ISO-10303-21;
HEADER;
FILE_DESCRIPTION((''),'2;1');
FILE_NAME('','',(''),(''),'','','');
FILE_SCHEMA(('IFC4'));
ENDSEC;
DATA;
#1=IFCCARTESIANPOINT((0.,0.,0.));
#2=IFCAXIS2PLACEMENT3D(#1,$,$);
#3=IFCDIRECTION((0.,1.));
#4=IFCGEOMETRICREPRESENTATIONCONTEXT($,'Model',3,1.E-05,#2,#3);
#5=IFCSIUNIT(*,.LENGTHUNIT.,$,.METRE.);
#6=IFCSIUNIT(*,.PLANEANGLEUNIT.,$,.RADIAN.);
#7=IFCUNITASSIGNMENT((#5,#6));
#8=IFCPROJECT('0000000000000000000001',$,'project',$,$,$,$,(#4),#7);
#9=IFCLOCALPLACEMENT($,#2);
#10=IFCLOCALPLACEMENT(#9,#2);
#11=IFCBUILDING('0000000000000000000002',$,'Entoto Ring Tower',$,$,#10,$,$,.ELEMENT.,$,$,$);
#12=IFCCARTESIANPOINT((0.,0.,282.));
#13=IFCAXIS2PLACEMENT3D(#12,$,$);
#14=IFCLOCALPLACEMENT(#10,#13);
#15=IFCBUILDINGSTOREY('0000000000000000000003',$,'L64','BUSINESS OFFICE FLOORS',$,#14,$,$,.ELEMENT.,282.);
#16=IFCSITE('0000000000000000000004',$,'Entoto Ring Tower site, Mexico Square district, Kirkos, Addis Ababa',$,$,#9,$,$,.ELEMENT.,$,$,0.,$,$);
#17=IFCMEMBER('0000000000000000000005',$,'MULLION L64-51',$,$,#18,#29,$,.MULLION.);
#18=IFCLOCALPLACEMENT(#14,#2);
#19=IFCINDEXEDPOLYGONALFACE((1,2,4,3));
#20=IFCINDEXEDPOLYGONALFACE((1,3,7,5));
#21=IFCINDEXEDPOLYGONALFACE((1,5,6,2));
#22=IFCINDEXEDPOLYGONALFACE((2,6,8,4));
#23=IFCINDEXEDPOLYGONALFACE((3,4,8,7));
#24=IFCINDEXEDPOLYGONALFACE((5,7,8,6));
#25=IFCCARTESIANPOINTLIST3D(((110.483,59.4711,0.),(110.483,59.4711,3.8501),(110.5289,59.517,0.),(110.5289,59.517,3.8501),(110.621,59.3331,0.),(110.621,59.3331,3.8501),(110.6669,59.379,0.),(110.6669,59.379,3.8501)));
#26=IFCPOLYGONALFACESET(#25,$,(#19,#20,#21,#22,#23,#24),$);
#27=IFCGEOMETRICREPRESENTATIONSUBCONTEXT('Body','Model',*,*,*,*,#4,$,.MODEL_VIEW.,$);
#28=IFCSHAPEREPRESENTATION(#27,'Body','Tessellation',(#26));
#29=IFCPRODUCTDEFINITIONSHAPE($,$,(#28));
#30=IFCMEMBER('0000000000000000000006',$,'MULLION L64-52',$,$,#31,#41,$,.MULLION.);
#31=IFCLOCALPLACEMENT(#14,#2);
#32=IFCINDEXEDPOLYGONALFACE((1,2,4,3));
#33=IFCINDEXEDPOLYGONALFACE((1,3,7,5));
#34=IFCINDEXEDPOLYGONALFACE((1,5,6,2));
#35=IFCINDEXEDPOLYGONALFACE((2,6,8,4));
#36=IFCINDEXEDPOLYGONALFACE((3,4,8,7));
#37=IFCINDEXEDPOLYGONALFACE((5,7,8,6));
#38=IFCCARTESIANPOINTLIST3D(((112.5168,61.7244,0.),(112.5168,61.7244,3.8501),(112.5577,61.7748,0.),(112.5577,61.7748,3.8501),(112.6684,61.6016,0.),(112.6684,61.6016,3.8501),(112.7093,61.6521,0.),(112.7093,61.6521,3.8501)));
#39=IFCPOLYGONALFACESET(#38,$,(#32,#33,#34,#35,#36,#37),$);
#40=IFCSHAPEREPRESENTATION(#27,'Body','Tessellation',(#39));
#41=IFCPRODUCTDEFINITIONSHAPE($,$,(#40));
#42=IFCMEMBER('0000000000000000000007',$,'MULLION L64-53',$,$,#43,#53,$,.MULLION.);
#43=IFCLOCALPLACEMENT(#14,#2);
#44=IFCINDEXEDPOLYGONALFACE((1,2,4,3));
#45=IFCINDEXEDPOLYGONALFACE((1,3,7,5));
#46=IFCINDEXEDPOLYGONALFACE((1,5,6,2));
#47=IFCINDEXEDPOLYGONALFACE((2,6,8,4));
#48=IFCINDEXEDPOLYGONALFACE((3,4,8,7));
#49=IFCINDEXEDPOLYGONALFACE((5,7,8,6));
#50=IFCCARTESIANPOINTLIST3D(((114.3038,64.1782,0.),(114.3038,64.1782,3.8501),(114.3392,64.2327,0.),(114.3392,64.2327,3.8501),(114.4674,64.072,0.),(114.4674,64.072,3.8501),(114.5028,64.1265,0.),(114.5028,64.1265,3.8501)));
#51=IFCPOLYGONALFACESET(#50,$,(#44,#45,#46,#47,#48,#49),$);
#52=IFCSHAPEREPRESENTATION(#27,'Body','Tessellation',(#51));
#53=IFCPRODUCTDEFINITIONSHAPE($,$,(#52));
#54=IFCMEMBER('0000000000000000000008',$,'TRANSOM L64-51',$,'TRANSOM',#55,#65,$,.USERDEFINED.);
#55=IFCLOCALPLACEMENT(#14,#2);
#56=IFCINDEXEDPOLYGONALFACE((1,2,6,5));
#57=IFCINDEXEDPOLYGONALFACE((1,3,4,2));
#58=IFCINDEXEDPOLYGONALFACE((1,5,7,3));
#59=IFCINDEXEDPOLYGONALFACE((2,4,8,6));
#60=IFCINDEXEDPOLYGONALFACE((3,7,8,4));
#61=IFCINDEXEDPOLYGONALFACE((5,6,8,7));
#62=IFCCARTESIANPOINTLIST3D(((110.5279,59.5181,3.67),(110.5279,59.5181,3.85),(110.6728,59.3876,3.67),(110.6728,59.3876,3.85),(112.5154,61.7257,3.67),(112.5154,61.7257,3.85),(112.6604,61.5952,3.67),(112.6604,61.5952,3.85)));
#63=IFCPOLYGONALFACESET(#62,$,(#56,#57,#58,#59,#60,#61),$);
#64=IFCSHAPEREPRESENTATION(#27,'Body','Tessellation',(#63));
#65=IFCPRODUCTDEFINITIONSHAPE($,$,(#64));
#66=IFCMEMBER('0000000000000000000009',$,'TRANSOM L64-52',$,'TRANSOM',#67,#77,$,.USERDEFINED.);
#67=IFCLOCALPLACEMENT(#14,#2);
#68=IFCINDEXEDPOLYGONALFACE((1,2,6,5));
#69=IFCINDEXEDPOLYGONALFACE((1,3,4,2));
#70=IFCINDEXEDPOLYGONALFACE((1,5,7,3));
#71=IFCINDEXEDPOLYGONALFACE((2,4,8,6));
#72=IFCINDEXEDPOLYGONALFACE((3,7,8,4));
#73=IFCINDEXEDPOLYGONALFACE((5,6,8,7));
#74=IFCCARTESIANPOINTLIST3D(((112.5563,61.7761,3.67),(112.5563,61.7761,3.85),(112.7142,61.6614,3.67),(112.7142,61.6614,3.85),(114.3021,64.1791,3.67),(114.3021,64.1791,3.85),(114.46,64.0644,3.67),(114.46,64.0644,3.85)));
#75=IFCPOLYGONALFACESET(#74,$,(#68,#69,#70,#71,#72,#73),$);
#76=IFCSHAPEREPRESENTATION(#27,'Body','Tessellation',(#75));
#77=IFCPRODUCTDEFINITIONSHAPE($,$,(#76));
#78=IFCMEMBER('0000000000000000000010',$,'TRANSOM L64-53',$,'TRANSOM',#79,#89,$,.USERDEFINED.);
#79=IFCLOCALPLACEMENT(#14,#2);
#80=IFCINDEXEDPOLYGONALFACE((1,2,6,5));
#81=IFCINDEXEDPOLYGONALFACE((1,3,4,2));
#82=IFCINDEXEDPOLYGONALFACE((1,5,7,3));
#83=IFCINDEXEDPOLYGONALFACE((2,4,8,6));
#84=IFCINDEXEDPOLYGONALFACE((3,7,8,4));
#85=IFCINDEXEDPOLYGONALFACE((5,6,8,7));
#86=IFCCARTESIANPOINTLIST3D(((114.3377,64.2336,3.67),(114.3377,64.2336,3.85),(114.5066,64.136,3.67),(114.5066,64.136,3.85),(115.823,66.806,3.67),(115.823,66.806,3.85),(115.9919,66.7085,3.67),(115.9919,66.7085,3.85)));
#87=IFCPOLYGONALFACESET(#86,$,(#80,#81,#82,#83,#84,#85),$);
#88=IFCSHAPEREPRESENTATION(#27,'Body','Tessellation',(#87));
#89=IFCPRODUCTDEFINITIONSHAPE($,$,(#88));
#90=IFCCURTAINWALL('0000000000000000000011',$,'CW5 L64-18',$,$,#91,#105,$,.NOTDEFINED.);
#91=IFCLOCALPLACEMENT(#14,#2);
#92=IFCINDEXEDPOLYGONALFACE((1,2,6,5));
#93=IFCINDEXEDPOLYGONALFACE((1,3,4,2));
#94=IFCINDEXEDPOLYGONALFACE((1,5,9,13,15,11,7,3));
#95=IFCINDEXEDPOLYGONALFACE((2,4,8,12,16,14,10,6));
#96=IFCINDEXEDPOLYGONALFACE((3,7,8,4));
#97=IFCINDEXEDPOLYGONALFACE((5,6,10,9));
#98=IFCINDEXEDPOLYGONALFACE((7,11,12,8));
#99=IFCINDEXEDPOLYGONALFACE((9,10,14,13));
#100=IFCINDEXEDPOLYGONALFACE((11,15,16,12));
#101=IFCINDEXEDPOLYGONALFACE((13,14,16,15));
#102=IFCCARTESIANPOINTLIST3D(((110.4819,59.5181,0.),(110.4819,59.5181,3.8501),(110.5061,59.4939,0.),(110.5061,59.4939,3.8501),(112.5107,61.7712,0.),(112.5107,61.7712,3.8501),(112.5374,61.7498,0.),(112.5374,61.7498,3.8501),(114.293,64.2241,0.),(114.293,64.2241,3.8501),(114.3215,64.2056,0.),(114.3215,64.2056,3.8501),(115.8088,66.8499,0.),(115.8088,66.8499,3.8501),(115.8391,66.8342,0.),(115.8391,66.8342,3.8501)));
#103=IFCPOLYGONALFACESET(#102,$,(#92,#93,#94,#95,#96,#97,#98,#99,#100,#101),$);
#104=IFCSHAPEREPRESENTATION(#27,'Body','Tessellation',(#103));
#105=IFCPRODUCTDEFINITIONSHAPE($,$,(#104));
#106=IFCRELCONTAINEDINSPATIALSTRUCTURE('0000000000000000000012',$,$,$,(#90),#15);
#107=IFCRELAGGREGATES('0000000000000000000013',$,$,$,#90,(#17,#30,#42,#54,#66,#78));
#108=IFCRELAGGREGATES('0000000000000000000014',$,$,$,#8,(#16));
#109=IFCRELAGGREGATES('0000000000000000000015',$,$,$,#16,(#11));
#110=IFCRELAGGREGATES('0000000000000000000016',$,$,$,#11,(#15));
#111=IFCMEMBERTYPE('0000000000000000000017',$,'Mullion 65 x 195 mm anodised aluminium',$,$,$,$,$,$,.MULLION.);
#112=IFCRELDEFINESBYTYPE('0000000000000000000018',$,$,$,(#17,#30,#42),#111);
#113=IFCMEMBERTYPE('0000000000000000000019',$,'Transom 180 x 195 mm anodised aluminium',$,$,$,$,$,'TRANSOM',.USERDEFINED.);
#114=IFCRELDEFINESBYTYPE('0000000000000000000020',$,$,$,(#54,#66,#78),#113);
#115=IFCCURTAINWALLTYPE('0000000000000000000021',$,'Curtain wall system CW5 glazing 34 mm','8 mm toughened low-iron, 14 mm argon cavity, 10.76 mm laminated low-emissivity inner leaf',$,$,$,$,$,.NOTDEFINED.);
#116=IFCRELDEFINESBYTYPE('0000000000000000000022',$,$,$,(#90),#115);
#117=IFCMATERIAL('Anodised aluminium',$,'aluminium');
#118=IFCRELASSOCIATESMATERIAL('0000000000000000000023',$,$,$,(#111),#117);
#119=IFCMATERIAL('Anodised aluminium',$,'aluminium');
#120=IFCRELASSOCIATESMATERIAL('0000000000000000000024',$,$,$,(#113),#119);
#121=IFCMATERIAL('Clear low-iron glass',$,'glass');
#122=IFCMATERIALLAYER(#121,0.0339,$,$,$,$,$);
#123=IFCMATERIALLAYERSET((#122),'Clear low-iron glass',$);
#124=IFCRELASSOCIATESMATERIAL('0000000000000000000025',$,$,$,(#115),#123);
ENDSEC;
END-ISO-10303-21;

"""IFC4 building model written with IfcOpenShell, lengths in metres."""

from ifc_helpers import new_model, si_unit, direction, frame, origin, origin_2d, place, context, subcontext, project, spatial, polyline, rectangle, outline, extrude, material, layer, layer_set, material_profile, profile_set, type_object, element, aggregate, save


model = new_model("IFC4")

# Units and contexts
model_context = context("Model", 3, precision=1e-05, world=origin(), true_north=direction((0.0, 1.0)))
body_context = subcontext(model_context, "Body", "Model", "MODEL_VIEW")
ifc_project = project(units=[si_unit("LENGTHUNIT", "METRE"), si_unit("PLANEANGLEUNIT", "RADIAN")], contexts=[model_context])

# Members
ifc_material_1 = material(Name="Anodised aluminium", Category="aluminium")
ifc_material_profile_1 = material_profile(ifc_material_1, rectangle(XDim=0.0649, YDim=0.1951, at=origin_2d()), Name="Mullion 65 x 195 mm anodised aluminium")
ifc_profile_set_1 = profile_set([ifc_material_profile_1], Name="Anodised aluminium")
member_type_1 = type_object("IfcMemberType", Name="Mullion 65 x 195 mm anodised aluminium", PredefinedType="MULLION", material=ifc_profile_set_1)
site_placement = place(None, origin())
building_placement = place(site_placement, origin())
storey_placement = place(building_placement, frame((0.0, 0.0, 282.0)))
member_1_placement = place(storey_placement, frame((110.575, 59.425, 0.0), z_axis=(0.0, 0.0, 1.0), x_axis=(0.707107, 0.707107, 0.0)))
member_1 = element("IfcMember", 1, at=member_1_placement, type_object=member_type_1, Name="MULLION L64-51", PredefinedType="MULLION", context=body_context, shape_type="SweptSolid", body=[
    extrude(rectangle(XDim=0.0649, YDim=0.1951, at=origin_2d()), origin(), (0.0, 0.0, 1.0), 3.8501),
])
member_2_placement = place(storey_placement, frame((112.613, 61.6882, 0.0), z_axis=(0.0, 0.0, 1.0), x_axis=(0.62932, 0.777146, 0.0)))
member_2 = element("IfcMember", 2, at=member_2_placement, type_object=member_type_1, Name="MULLION L64-52", PredefinedType="MULLION", context=body_context, shape_type="SweptSolid", body=[
    extrude(rectangle(XDim=0.0649, YDim=0.1951, at=origin_2d()), origin(), (0.0, 0.0, 1.0), 3.8501),
])
member_3_placement = place(storey_placement, frame((114.4033, 64.1523, 0.0), z_axis=(0.0, 0.0, 1.0), x_axis=(0.544639, 0.838671, 0.0)))
member_3 = element("IfcMember", 3, at=member_3_placement, type_object=member_type_1, Name="MULLION L64-53", PredefinedType="MULLION", context=body_context, shape_type="SweptSolid", body=[
    extrude(rectangle(XDim=0.0649, YDim=0.1951, at=origin_2d()), origin(), (0.0, 0.0, 1.0), 3.8501),
])
ifc_material_2 = material(Name="Anodised aluminium", Category="aluminium")
ifc_material_profile_2 = material_profile(ifc_material_2, rectangle(XDim=0.1951, YDim=0.1799, at=origin_2d()), Name="Transom 180 x 195 mm anodised aluminium")
ifc_profile_set_2 = profile_set([ifc_material_profile_2], Name="Anodised aluminium")
member_type_2 = type_object("IfcMemberType", Name="Transom 180 x 195 mm anodised aluminium", ElementType="TRANSOM", PredefinedType="USERDEFINED", material=ifc_profile_set_2)
member_4_placement = place(storey_placement, frame((110.6003, 59.4529, 3.76), z_axis=(0.66911, 0.743163, 0.0), x_axis=(-0.743163, 0.66911, 0.0)))
member_4 = element("IfcMember", 4, at=member_4_placement, type_object=member_type_2, Name="TRANSOM L64-51", ObjectType="TRANSOM", PredefinedType="USERDEFINED", context=body_context, shape_type="SweptSolid", body=[
    extrude(rectangle(XDim=0.1951, YDim=0.1799, at=origin_2d()), origin(), (0.0, 0.0, 1.0), 2.9705),
])
member_5_placement = place(storey_placement, frame((112.6353, 61.7188, 3.76), z_axis=(0.587766, 0.809031, 0.0), x_axis=(-0.809031, 0.587766, 0.0)))
member_5 = element("IfcMember", 5, at=member_5_placement, type_object=member_type_2, Name="TRANSOM L64-52", ObjectType="TRANSOM", PredefinedType="USERDEFINED", context=body_context, shape_type="SweptSolid", body=[
    extrude(rectangle(XDim=0.1951, YDim=0.1799, at=origin_2d()), origin(), (0.0, 0.0, 1.0), 2.9702),
])
member_6_placement = place(storey_placement, frame((114.4221, 64.1848, 3.76), z_axis=(0.500028, 0.866009, 0.0), x_axis=(-0.866009, 0.500028, 0.0)))
member_6 = element("IfcMember", 6, at=member_6_placement, type_object=member_type_2, Name="TRANSOM L64-53", ObjectType="TRANSOM", PredefinedType="USERDEFINED", context=body_context, shape_type="SweptSolid", body=[
    extrude(rectangle(XDim=0.1951, YDim=0.1799, at=origin_2d()), origin(), (0.0, 0.0, 1.0), 2.9705),
])

# Site, building, storey
site = spatial("IfcSite", under=ifc_project, at=site_placement, Name="Entoto Ring Tower site, Mexico Square district, Kirkos, Addis Ababa", CompositionType="ELEMENT", RefElevation=0.0)
building = spatial("IfcBuilding", under=site, at=building_placement, Name="Entoto Ring Tower", CompositionType="ELEMENT")
storey = spatial("IfcBuildingStorey", under=building, at=storey_placement, Name="L64", Description="BUSINESS OFFICE FLOORS", CompositionType="ELEMENT", Elevation=282.0)

# Curtain wall
ifc_material_3 = material(Name="Clear low-iron glass", Category="glass")
ifc_layer_1 = layer(ifc_material_3, 0.0339)
ifc_layer_set_1 = layer_set([ifc_layer_1], Name="Clear low-iron glass")
curtain_wall_type = type_object("IfcCurtainWallType", Name="Curtain wall system CW5 glazing 34 mm", Description="8 mm toughened low-iron, 14 mm argon cavity, 10.76 mm laminated low-emissivity inner leaf", PredefinedType="NOTDEFINED", material=ifc_layer_set_1)
curtain_wall_1_placement = place(storey_placement, origin())
curtain_wall_1 = element("IfcCurtainWall", 7, at=curtain_wall_1_placement, inside=storey, type_object=curtain_wall_type, Name="CW5 L64-18", PredefinedType="NOTDEFINED", context=body_context, shape_type="SweptSolid", body=[
    extrude(outline(polyline([(110.5061, 59.4939), (112.5374, 61.7498), (114.3215, 64.2056), (115.8391, 66.8342), (115.8088, 66.8499), (114.293, 64.2241), (112.5107, 61.7712), (110.4819, 59.5181), (110.5061, 59.4939)])), origin(), (0.0, 0.0, 1.0), 3.8501),
])
aggregate(curtain_wall_1, [member_1, member_2, member_3, member_4, member_5, member_6])

save(model, "model.ifc")
